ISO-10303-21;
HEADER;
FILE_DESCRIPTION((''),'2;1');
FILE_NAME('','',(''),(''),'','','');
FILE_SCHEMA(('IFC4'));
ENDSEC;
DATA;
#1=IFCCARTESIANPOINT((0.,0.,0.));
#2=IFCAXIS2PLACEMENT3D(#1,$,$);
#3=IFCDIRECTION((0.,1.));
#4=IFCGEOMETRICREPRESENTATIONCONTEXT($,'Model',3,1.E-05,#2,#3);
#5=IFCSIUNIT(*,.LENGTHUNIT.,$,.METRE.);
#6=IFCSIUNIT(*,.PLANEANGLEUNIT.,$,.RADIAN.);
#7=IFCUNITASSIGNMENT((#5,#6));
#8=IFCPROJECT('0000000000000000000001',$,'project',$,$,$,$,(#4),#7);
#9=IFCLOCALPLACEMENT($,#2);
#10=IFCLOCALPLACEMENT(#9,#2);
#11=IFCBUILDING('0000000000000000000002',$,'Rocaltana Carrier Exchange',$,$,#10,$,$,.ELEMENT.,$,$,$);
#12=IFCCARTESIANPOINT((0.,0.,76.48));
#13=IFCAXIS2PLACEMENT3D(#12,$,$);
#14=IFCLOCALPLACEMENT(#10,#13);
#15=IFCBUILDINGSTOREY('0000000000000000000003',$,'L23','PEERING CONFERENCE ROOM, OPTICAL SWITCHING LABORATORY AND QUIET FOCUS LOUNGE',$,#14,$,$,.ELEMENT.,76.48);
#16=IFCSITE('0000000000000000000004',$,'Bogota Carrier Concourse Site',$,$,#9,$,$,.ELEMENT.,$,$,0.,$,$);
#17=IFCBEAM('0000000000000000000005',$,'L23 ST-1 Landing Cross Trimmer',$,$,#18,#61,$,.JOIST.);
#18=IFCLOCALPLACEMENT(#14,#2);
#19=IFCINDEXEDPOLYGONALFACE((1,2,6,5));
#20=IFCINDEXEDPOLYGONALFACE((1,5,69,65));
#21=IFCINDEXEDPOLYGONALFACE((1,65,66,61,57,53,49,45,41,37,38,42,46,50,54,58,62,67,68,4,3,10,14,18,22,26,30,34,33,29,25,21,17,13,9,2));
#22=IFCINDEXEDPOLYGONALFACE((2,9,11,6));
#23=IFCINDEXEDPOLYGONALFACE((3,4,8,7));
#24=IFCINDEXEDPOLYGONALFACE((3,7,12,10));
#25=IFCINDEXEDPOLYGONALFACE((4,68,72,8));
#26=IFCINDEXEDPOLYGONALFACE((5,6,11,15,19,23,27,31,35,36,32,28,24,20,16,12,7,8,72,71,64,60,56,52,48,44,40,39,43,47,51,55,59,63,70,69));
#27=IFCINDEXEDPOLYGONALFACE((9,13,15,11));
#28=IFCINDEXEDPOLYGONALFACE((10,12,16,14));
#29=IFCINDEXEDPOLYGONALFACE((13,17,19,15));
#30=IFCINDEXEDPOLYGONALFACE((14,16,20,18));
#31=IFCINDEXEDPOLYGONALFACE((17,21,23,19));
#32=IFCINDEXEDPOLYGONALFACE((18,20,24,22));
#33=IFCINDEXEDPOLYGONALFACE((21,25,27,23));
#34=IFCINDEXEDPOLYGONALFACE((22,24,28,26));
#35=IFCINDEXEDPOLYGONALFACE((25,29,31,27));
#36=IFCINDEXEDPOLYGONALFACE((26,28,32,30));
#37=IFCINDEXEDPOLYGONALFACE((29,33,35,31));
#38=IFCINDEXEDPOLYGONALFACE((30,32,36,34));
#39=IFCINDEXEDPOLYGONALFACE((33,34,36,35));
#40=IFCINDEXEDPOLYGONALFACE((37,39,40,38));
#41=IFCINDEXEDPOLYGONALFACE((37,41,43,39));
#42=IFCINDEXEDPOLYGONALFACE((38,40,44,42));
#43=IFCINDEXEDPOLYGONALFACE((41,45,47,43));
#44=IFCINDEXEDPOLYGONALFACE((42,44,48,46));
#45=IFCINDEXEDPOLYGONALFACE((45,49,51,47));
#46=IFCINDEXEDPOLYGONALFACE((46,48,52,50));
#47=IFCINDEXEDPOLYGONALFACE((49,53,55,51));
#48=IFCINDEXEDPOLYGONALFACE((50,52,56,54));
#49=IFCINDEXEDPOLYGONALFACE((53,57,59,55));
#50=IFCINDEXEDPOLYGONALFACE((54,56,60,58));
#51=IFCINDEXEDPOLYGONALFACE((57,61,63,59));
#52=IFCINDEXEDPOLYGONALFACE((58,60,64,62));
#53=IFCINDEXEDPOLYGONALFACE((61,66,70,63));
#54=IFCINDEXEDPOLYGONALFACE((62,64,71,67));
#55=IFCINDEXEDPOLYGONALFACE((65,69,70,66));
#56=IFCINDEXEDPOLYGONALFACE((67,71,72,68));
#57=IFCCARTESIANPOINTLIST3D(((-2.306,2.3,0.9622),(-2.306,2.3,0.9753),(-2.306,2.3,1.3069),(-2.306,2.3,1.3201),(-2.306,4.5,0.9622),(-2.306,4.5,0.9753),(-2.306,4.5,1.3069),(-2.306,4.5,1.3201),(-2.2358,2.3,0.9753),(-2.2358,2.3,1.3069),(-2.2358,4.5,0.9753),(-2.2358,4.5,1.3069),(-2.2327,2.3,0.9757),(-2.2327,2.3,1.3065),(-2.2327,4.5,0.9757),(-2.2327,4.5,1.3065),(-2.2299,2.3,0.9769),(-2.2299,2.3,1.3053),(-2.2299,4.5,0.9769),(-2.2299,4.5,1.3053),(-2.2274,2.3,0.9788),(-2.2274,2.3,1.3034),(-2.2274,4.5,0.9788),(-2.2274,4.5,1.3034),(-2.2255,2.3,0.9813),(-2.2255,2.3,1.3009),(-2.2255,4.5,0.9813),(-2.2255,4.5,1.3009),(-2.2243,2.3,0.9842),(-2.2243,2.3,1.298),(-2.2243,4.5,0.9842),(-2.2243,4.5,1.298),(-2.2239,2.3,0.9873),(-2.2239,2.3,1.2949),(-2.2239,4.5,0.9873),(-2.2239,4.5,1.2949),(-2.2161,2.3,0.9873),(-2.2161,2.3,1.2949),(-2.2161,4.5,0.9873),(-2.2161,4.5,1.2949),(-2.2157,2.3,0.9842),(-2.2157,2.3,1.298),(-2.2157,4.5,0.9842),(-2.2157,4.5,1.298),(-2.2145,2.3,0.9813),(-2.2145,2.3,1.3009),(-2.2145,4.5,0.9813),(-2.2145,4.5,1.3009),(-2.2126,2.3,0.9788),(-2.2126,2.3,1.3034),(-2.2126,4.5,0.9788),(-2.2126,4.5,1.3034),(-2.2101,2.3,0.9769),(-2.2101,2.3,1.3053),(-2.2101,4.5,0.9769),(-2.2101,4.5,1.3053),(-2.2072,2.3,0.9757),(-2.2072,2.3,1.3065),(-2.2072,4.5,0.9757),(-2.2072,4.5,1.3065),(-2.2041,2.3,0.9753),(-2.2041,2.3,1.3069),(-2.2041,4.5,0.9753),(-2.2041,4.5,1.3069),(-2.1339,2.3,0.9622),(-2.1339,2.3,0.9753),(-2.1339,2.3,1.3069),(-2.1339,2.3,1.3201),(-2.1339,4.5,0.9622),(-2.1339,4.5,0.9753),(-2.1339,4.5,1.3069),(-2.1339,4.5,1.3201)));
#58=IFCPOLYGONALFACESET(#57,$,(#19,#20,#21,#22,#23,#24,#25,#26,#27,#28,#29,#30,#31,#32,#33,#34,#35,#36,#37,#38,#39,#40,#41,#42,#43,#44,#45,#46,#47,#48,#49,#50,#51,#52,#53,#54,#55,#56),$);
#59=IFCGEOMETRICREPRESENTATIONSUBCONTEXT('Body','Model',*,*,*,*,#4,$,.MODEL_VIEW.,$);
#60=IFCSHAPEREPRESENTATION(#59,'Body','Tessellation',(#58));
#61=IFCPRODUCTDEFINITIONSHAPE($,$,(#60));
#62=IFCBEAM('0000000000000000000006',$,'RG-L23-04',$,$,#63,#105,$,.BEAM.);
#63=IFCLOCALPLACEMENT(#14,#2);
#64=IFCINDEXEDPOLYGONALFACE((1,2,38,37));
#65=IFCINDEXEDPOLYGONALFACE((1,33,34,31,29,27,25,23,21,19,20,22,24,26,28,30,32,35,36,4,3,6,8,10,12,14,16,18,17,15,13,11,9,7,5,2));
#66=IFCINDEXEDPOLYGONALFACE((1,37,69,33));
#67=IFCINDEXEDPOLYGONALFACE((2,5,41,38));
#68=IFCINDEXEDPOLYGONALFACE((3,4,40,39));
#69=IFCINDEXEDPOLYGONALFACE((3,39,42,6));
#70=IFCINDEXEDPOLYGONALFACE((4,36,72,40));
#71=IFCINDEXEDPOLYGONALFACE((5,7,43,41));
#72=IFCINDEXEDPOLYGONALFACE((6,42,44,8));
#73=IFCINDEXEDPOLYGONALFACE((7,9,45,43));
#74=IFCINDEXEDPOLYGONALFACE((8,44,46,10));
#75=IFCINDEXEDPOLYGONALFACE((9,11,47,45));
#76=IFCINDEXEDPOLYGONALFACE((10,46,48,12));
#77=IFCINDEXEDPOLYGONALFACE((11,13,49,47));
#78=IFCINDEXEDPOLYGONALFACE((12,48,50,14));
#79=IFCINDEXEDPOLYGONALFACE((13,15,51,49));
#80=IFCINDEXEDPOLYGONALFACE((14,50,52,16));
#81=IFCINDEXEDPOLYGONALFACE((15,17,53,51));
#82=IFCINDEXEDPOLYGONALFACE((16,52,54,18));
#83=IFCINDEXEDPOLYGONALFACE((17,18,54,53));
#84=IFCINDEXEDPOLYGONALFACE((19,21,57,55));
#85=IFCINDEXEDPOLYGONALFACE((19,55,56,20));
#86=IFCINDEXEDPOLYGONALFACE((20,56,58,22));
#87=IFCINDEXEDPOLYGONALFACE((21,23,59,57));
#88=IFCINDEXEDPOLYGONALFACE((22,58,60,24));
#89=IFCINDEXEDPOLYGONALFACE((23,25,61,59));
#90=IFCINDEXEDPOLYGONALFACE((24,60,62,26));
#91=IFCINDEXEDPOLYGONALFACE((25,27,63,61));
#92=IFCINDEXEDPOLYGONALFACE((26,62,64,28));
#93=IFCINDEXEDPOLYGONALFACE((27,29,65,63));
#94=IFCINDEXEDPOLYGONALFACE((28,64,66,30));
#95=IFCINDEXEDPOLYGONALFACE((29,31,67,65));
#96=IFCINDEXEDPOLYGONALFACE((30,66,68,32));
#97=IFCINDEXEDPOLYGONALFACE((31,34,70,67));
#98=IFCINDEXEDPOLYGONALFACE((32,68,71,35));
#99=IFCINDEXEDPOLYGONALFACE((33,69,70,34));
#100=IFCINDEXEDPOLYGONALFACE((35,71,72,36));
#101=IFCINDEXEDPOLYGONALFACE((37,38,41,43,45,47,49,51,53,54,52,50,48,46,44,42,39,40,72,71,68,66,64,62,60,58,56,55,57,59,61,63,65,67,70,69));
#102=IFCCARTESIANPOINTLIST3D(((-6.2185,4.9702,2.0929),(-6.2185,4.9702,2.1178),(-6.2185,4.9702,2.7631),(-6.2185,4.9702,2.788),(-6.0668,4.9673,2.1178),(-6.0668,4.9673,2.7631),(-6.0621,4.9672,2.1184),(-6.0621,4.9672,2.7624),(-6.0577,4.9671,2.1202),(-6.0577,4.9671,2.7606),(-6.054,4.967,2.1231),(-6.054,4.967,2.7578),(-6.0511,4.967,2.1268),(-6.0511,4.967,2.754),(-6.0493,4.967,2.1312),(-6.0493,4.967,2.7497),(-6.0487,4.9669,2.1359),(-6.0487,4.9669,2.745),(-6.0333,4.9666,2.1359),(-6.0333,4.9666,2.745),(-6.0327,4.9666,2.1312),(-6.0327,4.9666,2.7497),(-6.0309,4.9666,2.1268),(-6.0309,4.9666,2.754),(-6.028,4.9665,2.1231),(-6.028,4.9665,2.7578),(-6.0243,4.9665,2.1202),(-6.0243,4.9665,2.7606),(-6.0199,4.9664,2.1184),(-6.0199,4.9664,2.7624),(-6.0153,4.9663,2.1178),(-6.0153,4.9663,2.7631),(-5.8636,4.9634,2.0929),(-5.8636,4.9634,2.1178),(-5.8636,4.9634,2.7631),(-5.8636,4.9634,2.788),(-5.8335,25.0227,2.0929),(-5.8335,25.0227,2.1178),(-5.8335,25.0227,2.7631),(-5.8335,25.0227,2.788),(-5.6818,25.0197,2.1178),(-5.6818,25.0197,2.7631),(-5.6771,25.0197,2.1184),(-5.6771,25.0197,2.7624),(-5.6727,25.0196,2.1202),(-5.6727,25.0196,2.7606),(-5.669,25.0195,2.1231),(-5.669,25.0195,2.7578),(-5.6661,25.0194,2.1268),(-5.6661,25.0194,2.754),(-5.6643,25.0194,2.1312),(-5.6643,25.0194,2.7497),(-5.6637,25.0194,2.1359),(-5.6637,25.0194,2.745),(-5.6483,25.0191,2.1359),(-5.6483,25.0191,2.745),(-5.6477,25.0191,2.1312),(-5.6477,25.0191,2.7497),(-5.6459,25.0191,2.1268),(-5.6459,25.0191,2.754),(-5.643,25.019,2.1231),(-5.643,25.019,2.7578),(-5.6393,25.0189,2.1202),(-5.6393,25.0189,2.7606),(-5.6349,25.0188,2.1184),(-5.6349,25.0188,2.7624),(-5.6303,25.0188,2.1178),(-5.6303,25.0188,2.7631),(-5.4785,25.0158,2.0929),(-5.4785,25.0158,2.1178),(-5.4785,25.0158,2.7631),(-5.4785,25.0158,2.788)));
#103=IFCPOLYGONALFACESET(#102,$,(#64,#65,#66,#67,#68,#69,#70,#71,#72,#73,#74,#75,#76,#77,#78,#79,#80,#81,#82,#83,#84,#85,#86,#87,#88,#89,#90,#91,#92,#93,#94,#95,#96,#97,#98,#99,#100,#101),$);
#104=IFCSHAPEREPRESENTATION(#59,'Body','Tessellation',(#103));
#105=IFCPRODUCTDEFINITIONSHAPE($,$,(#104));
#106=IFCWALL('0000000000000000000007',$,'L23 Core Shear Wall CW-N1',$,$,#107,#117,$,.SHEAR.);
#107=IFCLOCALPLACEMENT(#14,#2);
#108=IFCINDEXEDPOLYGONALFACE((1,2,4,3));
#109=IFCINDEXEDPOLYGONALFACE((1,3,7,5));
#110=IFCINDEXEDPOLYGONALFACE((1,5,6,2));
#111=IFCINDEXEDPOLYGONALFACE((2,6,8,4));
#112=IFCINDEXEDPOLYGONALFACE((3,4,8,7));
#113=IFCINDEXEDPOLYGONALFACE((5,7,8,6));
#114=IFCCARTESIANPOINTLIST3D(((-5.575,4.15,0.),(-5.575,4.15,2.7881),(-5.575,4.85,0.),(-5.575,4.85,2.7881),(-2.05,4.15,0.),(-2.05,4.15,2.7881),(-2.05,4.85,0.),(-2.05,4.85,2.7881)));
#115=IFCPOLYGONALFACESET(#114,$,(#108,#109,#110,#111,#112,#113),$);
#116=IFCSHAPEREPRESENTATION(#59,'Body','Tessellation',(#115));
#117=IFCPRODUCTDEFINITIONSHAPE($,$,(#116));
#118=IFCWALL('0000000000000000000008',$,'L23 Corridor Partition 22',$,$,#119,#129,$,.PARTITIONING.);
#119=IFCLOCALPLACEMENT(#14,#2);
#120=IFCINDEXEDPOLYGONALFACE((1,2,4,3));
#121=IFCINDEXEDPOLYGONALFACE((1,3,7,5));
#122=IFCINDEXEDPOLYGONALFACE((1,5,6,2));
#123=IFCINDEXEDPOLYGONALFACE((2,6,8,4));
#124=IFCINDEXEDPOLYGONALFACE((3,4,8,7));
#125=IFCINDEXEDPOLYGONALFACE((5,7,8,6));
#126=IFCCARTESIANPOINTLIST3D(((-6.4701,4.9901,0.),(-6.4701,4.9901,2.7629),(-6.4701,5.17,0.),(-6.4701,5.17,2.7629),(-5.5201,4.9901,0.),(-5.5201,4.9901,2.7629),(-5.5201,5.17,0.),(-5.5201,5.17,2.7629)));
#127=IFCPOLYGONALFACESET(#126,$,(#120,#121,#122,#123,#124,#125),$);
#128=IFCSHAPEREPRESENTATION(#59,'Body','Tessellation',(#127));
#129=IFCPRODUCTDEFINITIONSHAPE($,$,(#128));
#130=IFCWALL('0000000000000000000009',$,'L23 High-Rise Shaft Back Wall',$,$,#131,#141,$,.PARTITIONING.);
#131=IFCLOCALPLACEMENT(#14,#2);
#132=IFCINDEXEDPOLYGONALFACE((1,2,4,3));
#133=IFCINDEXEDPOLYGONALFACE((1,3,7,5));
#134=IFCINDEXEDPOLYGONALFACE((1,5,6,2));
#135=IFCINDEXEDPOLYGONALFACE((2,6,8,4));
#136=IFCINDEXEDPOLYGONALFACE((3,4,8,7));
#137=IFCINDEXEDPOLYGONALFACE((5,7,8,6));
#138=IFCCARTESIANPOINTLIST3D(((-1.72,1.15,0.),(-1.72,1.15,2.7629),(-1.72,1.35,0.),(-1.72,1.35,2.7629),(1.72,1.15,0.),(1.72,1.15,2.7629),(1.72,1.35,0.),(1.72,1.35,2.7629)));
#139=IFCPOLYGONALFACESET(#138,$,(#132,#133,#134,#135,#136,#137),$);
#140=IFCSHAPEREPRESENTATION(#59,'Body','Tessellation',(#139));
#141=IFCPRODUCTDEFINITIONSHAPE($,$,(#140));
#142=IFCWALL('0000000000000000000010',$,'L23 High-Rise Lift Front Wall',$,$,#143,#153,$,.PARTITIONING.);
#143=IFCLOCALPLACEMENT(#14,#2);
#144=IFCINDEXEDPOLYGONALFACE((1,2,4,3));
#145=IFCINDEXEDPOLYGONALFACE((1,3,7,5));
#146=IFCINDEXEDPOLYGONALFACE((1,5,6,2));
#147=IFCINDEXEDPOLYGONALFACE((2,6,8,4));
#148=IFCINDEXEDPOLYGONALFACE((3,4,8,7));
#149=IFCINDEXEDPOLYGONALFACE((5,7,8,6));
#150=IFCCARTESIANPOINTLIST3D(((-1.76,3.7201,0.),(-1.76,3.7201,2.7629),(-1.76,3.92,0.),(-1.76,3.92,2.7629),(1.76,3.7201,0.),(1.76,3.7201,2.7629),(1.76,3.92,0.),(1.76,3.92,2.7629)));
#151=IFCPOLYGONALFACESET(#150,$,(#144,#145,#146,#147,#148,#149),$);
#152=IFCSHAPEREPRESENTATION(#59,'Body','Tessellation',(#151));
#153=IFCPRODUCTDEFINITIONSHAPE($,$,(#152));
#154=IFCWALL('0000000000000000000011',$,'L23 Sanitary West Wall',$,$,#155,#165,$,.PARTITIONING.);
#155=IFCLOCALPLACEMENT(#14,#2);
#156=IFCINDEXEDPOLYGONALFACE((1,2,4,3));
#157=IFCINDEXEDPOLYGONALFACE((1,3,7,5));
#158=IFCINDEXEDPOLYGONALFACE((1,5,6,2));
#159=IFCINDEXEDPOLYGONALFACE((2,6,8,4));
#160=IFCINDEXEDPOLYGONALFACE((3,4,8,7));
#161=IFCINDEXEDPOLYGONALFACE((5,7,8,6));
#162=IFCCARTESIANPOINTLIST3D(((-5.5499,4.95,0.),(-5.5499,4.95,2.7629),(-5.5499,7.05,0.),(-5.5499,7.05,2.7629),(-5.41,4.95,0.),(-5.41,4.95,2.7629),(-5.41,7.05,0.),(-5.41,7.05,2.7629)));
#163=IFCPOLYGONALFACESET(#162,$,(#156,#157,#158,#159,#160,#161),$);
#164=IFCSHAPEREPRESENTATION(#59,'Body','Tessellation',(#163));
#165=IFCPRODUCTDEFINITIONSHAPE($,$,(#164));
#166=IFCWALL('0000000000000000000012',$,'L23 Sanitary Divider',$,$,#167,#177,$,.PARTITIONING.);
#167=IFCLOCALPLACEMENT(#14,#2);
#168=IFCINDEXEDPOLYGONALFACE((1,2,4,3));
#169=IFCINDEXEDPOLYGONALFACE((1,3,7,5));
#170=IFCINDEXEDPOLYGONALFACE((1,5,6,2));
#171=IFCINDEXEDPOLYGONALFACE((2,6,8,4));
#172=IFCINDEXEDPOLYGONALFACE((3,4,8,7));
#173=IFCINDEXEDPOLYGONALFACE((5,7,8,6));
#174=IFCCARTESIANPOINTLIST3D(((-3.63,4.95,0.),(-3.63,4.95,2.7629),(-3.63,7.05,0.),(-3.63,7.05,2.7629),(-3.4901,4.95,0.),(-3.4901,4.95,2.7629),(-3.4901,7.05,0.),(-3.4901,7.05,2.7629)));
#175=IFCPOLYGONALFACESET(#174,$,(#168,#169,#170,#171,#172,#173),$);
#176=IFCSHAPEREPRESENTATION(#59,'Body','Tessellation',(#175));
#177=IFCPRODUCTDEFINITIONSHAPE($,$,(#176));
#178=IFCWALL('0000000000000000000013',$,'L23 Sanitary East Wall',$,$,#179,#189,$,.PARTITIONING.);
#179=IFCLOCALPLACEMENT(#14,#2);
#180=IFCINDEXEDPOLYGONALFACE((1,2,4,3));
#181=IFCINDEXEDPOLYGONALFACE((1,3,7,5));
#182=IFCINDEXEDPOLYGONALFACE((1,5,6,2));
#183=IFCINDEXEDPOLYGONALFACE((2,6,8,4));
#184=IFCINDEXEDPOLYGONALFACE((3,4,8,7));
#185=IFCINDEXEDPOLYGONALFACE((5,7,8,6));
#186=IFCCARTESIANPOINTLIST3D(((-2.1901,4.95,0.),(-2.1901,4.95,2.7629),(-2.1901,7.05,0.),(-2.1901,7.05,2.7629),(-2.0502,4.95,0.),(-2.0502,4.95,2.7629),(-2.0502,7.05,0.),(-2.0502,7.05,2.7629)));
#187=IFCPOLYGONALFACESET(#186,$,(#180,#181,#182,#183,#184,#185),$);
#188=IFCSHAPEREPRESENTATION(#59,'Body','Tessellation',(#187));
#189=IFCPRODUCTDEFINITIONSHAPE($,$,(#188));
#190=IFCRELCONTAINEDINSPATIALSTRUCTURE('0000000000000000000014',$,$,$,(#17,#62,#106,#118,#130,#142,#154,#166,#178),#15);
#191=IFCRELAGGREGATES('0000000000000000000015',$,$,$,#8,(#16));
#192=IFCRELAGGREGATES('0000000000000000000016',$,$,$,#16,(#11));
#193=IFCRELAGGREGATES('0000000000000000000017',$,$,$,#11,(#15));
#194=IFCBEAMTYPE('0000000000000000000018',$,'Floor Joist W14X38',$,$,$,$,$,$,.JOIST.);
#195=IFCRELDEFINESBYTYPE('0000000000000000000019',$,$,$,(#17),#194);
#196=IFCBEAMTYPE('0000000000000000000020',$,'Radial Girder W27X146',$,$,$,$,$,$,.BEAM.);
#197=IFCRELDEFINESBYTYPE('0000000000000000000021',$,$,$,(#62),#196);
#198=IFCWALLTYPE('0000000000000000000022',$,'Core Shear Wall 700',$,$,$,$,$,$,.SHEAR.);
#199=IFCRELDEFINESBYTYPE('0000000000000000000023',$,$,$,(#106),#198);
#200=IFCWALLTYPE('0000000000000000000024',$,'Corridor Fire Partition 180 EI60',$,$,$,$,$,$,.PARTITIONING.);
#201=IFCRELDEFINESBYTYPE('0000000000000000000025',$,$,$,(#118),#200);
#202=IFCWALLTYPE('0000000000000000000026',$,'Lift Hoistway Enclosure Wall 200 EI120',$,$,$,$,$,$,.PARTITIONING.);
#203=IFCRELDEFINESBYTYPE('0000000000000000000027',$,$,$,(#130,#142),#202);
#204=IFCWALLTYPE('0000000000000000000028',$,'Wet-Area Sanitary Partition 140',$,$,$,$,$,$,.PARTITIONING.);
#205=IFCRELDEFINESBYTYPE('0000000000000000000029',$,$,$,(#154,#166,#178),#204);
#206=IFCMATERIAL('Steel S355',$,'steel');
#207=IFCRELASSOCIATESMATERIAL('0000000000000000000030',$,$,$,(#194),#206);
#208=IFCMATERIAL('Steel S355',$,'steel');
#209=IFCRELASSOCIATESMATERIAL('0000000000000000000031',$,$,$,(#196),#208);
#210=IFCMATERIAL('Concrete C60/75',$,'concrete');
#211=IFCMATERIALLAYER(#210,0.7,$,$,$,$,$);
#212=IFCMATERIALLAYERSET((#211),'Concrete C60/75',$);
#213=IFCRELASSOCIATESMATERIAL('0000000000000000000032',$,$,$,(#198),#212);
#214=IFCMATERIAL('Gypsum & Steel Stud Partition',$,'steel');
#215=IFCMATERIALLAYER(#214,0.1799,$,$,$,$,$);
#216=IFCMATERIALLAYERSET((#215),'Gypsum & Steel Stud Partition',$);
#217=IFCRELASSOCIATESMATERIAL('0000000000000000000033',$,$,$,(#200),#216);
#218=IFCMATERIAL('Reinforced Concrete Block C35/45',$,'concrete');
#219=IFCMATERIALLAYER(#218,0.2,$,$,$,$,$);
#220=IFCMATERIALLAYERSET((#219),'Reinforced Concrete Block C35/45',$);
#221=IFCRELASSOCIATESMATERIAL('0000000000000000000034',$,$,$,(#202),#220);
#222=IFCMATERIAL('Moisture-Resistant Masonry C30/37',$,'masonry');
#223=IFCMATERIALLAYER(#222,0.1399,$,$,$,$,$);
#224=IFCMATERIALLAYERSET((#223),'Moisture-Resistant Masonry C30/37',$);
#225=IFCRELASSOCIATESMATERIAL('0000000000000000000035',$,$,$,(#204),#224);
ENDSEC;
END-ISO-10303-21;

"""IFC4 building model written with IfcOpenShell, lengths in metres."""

from ifc_helpers import new_model, si_unit, direction, frame, frame_2d, origin, origin_2d, place, context, subcontext, project, spatial, rectangle, i_section, extrude, material, layer, layer_set, material_profile, profile_set, type_object, element, save


model = new_model("IFC4")

# Units and contexts
model_context = context("Model", 3, precision=1e-05, world=origin(), true_north=direction((0.0, 1.0)))
body_context = subcontext(model_context, "Body", "Model", "MODEL_VIEW")
ifc_project = project(units=[si_unit("LENGTHUNIT", "METRE"), si_unit("PLANEANGLEUNIT", "RADIAN")], contexts=[model_context])

# Site, building, storey
site_placement = place(None, origin())
site = spatial("IfcSite", under=ifc_project, at=site_placement, Name="Bogota Carrier Concourse Site", CompositionType="ELEMENT", RefElevation=0.0)
building_placement = place(site_placement, origin())
building = spatial("IfcBuilding", under=site, at=building_placement, Name="Rocaltana Carrier Exchange", CompositionType="ELEMENT")
storey_placement = place(building_placement, frame((0.0, 0.0, 76.48)))
storey = spatial("IfcBuildingStorey", under=building, at=storey_placement, Name="L23", Description="PEERING CONFERENCE ROOM, OPTICAL SWITCHING LABORATORY AND QUIET FOCUS LOUNGE", CompositionType="ELEMENT", Elevation=76.48)

# Beams
ifc_material_1 = material(Name="Steel S355", Category="steel")
ifc_material_profile_1 = material_profile(ifc_material_1, i_section(OverallWidth=0.1721, OverallDepth=0.3579, WebThickness=0.0078, FlangeThickness=0.0132, FilletRadius=0.012, at=origin_2d()), Name="W14X38")
ifc_profile_set_1 = profile_set([ifc_material_profile_1], Name="Steel S355")
beam_type_1 = type_object("IfcBeamType", Name="Floor Joist W14X38", PredefinedType="JOIST", material=ifc_profile_set_1)
beam_1_placement = place(storey_placement, frame((-2.22, 2.3, 1.1411), z_axis=(0.0, 1.0, 0.0), x_axis=(-1.0, 0.0, 0.0)))
element("IfcBeam", 1, at=beam_1_placement, inside=storey, type_object=beam_type_1, Name="L23 ST-1 Landing Cross Trimmer", PredefinedType="JOIST", context=body_context, shape_type="SweptSolid", body=[
    extrude(i_section(OverallWidth=0.1721, OverallDepth=0.3579, WebThickness=0.0078, FlangeThickness=0.0132, FilletRadius=0.012, at=origin_2d()), origin(), (0.0, 0.0, 1.0), 2.2),
])
ifc_material_2 = material(Name="Steel S355", Category="steel")
ifc_material_profile_2 = material_profile(ifc_material_2, i_section(OverallWidth=0.355, OverallDepth=0.6951, WebThickness=0.0154, FlangeThickness=0.0249, FilletRadius=0.0181, at=origin_2d()), Name="W27X146")
ifc_profile_set_2 = profile_set([ifc_material_profile_2], Name="Steel S355")
beam_type_2 = type_object("IfcBeamType", Name="Radial Girder W27X146", PredefinedType="BEAM", material=ifc_profile_set_2)
beam_2_placement = place(storey_placement, frame((-6.041, 4.9668, 2.4404), z_axis=(0.019197, 0.999816, 0.0), x_axis=(-0.999816, 0.019197, 0.0)))
element("IfcBeam", 2, at=beam_2_placement, inside=storey, type_object=beam_type_2, Name="RG-L23-04", PredefinedType="BEAM", context=body_context, shape_type="SweptSolid", body=[
    extrude(i_section(OverallWidth=0.355, OverallDepth=0.6951, WebThickness=0.0154, FlangeThickness=0.0249, FilletRadius=0.0181, at=origin_2d()), origin(), (0.0, 0.0, 1.0), 20.0562),
])

# Walls
ifc_material_3 = material(Name="Concrete C60/75", Category="concrete")
ifc_layer_1 = layer(ifc_material_3, 0.7)
ifc_layer_set_1 = layer_set([ifc_layer_1], Name="Concrete C60/75")
wall_type_1 = type_object("IfcWallType", Name="Core Shear Wall 700", PredefinedType="SHEAR", material=ifc_layer_set_1)
wall_1_placement = place(storey_placement, frame((-5.575, 4.5, 0.0), z_axis=(0.0, 0.0, 1.0), x_axis=(1.0, 0.0, 0.0)))
element("IfcWall", 3, at=wall_1_placement, inside=storey, type_object=wall_type_1, Name="L23 Core Shear Wall CW-N1", PredefinedType="SHEAR", context=body_context, shape_type="SweptSolid", body=[
    extrude(rectangle(XDim=3.5249, YDim=0.7, at=frame_2d((1.7625, 0.0))), origin(), (0.0, 0.0, 1.0), 2.7881),
])
ifc_material_4 = material(Name="Gypsum & Steel Stud Partition", Category="steel")
ifc_layer_2 = layer(ifc_material_4, 0.1799)
ifc_layer_set_2 = layer_set([ifc_layer_2], Name="Gypsum & Steel Stud Partition")
wall_type_2 = type_object("IfcWallType", Name="Corridor Fire Partition 180 EI60", PredefinedType="PARTITIONING", material=ifc_layer_set_2)
wall_2_placement = place(storey_placement, frame((-5.52, 5.0801, 0.0), z_axis=(0.0, 0.0, 1.0), x_axis=(-1.0, 0.0, 0.0)))
element("IfcWall", 4, at=wall_2_placement, inside=storey, type_object=wall_type_2, Name="L23 Corridor Partition 22", PredefinedType="PARTITIONING", context=body_context, shape_type="SweptSolid", body=[
    extrude(rectangle(XDim=0.95, YDim=0.1799, at=frame_2d((0.4751, 0.0))), origin(), (0.0, 0.0, 1.0), 2.7629),
])
ifc_material_5 = material(Name="Reinforced Concrete Block C35/45", Category="concrete")
ifc_layer_3 = layer(ifc_material_5, 0.2)
ifc_layer_set_3 = layer_set([ifc_layer_3], Name="Reinforced Concrete Block C35/45")
wall_type_3 = type_object("IfcWallType", Name="Lift Hoistway Enclosure Wall 200 EI120", PredefinedType="PARTITIONING", material=ifc_layer_set_3)
wall_3_placement = place(storey_placement, frame((-1.72, 1.25, 0.0), z_axis=(0.0, 0.0, 1.0), x_axis=(1.0, 0.0, 0.0)))
element("IfcWall", 5, at=wall_3_placement, inside=storey, type_object=wall_type_3, Name="L23 High-Rise Shaft Back Wall", PredefinedType="PARTITIONING", context=body_context, shape_type="SweptSolid", body=[
    extrude(rectangle(XDim=3.4399, YDim=0.2, at=frame_2d((1.72, 0.0))), origin(), (0.0, 0.0, 1.0), 2.7629),
])
wall_4_placement = place(storey_placement, frame((-1.76, 3.8201, 0.0), z_axis=(0.0, 0.0, 1.0), x_axis=(1.0, 0.0, 0.0)))
element("IfcWall", 6, at=wall_4_placement, inside=storey, type_object=wall_type_3, Name="L23 High-Rise Lift Front Wall", PredefinedType="PARTITIONING", context=body_context, shape_type="SweptSolid", body=[
    extrude(rectangle(XDim=3.52, YDim=0.2, at=frame_2d((1.76, 0.0))), origin(), (0.0, 0.0, 1.0), 2.7629),
])
ifc_material_6 = material(Name="Moisture-Resistant Masonry C30/37", Category="masonry")
ifc_layer_4 = layer(ifc_material_6, 0.1399)
ifc_layer_set_4 = layer_set([ifc_layer_4], Name="Moisture-Resistant Masonry C30/37")
wall_type_4 = type_object("IfcWallType", Name="Wet-Area Sanitary Partition 140", PredefinedType="PARTITIONING", material=ifc_layer_set_4)
for number, where, z_axis, x_axis, name in (
    (7, (-5.48, 4.95, 0.0), (0.0, 0.0, 1.0), (0.0, 1.0, 0.0), "L23 Sanitary West Wall"),
    (8, (-3.5601, 4.95, 0.0), (0.0, 0.0, 1.0), (0.0, 1.0, 0.0), "L23 Sanitary Divider"),
    (9, (-2.1201, 4.95, 0.0), (0.0, 0.0, 1.0), (0.0, 1.0, 0.0), "L23 Sanitary East Wall"),
):
    element("IfcWall", number, at=place(storey_placement, frame(where, z_axis=z_axis, x_axis=x_axis)), inside=storey, type_object=wall_type_4, Name=name, PredefinedType="PARTITIONING", context=body_context, shape_type="SweptSolid", body=[
        extrude(rectangle(XDim=2.1001, YDim=0.1399, at=frame_2d((1.05, 0.0))), origin(), (0.0, 0.0, 1.0), 2.7629),
    ])

save(model, "model.ifc")
